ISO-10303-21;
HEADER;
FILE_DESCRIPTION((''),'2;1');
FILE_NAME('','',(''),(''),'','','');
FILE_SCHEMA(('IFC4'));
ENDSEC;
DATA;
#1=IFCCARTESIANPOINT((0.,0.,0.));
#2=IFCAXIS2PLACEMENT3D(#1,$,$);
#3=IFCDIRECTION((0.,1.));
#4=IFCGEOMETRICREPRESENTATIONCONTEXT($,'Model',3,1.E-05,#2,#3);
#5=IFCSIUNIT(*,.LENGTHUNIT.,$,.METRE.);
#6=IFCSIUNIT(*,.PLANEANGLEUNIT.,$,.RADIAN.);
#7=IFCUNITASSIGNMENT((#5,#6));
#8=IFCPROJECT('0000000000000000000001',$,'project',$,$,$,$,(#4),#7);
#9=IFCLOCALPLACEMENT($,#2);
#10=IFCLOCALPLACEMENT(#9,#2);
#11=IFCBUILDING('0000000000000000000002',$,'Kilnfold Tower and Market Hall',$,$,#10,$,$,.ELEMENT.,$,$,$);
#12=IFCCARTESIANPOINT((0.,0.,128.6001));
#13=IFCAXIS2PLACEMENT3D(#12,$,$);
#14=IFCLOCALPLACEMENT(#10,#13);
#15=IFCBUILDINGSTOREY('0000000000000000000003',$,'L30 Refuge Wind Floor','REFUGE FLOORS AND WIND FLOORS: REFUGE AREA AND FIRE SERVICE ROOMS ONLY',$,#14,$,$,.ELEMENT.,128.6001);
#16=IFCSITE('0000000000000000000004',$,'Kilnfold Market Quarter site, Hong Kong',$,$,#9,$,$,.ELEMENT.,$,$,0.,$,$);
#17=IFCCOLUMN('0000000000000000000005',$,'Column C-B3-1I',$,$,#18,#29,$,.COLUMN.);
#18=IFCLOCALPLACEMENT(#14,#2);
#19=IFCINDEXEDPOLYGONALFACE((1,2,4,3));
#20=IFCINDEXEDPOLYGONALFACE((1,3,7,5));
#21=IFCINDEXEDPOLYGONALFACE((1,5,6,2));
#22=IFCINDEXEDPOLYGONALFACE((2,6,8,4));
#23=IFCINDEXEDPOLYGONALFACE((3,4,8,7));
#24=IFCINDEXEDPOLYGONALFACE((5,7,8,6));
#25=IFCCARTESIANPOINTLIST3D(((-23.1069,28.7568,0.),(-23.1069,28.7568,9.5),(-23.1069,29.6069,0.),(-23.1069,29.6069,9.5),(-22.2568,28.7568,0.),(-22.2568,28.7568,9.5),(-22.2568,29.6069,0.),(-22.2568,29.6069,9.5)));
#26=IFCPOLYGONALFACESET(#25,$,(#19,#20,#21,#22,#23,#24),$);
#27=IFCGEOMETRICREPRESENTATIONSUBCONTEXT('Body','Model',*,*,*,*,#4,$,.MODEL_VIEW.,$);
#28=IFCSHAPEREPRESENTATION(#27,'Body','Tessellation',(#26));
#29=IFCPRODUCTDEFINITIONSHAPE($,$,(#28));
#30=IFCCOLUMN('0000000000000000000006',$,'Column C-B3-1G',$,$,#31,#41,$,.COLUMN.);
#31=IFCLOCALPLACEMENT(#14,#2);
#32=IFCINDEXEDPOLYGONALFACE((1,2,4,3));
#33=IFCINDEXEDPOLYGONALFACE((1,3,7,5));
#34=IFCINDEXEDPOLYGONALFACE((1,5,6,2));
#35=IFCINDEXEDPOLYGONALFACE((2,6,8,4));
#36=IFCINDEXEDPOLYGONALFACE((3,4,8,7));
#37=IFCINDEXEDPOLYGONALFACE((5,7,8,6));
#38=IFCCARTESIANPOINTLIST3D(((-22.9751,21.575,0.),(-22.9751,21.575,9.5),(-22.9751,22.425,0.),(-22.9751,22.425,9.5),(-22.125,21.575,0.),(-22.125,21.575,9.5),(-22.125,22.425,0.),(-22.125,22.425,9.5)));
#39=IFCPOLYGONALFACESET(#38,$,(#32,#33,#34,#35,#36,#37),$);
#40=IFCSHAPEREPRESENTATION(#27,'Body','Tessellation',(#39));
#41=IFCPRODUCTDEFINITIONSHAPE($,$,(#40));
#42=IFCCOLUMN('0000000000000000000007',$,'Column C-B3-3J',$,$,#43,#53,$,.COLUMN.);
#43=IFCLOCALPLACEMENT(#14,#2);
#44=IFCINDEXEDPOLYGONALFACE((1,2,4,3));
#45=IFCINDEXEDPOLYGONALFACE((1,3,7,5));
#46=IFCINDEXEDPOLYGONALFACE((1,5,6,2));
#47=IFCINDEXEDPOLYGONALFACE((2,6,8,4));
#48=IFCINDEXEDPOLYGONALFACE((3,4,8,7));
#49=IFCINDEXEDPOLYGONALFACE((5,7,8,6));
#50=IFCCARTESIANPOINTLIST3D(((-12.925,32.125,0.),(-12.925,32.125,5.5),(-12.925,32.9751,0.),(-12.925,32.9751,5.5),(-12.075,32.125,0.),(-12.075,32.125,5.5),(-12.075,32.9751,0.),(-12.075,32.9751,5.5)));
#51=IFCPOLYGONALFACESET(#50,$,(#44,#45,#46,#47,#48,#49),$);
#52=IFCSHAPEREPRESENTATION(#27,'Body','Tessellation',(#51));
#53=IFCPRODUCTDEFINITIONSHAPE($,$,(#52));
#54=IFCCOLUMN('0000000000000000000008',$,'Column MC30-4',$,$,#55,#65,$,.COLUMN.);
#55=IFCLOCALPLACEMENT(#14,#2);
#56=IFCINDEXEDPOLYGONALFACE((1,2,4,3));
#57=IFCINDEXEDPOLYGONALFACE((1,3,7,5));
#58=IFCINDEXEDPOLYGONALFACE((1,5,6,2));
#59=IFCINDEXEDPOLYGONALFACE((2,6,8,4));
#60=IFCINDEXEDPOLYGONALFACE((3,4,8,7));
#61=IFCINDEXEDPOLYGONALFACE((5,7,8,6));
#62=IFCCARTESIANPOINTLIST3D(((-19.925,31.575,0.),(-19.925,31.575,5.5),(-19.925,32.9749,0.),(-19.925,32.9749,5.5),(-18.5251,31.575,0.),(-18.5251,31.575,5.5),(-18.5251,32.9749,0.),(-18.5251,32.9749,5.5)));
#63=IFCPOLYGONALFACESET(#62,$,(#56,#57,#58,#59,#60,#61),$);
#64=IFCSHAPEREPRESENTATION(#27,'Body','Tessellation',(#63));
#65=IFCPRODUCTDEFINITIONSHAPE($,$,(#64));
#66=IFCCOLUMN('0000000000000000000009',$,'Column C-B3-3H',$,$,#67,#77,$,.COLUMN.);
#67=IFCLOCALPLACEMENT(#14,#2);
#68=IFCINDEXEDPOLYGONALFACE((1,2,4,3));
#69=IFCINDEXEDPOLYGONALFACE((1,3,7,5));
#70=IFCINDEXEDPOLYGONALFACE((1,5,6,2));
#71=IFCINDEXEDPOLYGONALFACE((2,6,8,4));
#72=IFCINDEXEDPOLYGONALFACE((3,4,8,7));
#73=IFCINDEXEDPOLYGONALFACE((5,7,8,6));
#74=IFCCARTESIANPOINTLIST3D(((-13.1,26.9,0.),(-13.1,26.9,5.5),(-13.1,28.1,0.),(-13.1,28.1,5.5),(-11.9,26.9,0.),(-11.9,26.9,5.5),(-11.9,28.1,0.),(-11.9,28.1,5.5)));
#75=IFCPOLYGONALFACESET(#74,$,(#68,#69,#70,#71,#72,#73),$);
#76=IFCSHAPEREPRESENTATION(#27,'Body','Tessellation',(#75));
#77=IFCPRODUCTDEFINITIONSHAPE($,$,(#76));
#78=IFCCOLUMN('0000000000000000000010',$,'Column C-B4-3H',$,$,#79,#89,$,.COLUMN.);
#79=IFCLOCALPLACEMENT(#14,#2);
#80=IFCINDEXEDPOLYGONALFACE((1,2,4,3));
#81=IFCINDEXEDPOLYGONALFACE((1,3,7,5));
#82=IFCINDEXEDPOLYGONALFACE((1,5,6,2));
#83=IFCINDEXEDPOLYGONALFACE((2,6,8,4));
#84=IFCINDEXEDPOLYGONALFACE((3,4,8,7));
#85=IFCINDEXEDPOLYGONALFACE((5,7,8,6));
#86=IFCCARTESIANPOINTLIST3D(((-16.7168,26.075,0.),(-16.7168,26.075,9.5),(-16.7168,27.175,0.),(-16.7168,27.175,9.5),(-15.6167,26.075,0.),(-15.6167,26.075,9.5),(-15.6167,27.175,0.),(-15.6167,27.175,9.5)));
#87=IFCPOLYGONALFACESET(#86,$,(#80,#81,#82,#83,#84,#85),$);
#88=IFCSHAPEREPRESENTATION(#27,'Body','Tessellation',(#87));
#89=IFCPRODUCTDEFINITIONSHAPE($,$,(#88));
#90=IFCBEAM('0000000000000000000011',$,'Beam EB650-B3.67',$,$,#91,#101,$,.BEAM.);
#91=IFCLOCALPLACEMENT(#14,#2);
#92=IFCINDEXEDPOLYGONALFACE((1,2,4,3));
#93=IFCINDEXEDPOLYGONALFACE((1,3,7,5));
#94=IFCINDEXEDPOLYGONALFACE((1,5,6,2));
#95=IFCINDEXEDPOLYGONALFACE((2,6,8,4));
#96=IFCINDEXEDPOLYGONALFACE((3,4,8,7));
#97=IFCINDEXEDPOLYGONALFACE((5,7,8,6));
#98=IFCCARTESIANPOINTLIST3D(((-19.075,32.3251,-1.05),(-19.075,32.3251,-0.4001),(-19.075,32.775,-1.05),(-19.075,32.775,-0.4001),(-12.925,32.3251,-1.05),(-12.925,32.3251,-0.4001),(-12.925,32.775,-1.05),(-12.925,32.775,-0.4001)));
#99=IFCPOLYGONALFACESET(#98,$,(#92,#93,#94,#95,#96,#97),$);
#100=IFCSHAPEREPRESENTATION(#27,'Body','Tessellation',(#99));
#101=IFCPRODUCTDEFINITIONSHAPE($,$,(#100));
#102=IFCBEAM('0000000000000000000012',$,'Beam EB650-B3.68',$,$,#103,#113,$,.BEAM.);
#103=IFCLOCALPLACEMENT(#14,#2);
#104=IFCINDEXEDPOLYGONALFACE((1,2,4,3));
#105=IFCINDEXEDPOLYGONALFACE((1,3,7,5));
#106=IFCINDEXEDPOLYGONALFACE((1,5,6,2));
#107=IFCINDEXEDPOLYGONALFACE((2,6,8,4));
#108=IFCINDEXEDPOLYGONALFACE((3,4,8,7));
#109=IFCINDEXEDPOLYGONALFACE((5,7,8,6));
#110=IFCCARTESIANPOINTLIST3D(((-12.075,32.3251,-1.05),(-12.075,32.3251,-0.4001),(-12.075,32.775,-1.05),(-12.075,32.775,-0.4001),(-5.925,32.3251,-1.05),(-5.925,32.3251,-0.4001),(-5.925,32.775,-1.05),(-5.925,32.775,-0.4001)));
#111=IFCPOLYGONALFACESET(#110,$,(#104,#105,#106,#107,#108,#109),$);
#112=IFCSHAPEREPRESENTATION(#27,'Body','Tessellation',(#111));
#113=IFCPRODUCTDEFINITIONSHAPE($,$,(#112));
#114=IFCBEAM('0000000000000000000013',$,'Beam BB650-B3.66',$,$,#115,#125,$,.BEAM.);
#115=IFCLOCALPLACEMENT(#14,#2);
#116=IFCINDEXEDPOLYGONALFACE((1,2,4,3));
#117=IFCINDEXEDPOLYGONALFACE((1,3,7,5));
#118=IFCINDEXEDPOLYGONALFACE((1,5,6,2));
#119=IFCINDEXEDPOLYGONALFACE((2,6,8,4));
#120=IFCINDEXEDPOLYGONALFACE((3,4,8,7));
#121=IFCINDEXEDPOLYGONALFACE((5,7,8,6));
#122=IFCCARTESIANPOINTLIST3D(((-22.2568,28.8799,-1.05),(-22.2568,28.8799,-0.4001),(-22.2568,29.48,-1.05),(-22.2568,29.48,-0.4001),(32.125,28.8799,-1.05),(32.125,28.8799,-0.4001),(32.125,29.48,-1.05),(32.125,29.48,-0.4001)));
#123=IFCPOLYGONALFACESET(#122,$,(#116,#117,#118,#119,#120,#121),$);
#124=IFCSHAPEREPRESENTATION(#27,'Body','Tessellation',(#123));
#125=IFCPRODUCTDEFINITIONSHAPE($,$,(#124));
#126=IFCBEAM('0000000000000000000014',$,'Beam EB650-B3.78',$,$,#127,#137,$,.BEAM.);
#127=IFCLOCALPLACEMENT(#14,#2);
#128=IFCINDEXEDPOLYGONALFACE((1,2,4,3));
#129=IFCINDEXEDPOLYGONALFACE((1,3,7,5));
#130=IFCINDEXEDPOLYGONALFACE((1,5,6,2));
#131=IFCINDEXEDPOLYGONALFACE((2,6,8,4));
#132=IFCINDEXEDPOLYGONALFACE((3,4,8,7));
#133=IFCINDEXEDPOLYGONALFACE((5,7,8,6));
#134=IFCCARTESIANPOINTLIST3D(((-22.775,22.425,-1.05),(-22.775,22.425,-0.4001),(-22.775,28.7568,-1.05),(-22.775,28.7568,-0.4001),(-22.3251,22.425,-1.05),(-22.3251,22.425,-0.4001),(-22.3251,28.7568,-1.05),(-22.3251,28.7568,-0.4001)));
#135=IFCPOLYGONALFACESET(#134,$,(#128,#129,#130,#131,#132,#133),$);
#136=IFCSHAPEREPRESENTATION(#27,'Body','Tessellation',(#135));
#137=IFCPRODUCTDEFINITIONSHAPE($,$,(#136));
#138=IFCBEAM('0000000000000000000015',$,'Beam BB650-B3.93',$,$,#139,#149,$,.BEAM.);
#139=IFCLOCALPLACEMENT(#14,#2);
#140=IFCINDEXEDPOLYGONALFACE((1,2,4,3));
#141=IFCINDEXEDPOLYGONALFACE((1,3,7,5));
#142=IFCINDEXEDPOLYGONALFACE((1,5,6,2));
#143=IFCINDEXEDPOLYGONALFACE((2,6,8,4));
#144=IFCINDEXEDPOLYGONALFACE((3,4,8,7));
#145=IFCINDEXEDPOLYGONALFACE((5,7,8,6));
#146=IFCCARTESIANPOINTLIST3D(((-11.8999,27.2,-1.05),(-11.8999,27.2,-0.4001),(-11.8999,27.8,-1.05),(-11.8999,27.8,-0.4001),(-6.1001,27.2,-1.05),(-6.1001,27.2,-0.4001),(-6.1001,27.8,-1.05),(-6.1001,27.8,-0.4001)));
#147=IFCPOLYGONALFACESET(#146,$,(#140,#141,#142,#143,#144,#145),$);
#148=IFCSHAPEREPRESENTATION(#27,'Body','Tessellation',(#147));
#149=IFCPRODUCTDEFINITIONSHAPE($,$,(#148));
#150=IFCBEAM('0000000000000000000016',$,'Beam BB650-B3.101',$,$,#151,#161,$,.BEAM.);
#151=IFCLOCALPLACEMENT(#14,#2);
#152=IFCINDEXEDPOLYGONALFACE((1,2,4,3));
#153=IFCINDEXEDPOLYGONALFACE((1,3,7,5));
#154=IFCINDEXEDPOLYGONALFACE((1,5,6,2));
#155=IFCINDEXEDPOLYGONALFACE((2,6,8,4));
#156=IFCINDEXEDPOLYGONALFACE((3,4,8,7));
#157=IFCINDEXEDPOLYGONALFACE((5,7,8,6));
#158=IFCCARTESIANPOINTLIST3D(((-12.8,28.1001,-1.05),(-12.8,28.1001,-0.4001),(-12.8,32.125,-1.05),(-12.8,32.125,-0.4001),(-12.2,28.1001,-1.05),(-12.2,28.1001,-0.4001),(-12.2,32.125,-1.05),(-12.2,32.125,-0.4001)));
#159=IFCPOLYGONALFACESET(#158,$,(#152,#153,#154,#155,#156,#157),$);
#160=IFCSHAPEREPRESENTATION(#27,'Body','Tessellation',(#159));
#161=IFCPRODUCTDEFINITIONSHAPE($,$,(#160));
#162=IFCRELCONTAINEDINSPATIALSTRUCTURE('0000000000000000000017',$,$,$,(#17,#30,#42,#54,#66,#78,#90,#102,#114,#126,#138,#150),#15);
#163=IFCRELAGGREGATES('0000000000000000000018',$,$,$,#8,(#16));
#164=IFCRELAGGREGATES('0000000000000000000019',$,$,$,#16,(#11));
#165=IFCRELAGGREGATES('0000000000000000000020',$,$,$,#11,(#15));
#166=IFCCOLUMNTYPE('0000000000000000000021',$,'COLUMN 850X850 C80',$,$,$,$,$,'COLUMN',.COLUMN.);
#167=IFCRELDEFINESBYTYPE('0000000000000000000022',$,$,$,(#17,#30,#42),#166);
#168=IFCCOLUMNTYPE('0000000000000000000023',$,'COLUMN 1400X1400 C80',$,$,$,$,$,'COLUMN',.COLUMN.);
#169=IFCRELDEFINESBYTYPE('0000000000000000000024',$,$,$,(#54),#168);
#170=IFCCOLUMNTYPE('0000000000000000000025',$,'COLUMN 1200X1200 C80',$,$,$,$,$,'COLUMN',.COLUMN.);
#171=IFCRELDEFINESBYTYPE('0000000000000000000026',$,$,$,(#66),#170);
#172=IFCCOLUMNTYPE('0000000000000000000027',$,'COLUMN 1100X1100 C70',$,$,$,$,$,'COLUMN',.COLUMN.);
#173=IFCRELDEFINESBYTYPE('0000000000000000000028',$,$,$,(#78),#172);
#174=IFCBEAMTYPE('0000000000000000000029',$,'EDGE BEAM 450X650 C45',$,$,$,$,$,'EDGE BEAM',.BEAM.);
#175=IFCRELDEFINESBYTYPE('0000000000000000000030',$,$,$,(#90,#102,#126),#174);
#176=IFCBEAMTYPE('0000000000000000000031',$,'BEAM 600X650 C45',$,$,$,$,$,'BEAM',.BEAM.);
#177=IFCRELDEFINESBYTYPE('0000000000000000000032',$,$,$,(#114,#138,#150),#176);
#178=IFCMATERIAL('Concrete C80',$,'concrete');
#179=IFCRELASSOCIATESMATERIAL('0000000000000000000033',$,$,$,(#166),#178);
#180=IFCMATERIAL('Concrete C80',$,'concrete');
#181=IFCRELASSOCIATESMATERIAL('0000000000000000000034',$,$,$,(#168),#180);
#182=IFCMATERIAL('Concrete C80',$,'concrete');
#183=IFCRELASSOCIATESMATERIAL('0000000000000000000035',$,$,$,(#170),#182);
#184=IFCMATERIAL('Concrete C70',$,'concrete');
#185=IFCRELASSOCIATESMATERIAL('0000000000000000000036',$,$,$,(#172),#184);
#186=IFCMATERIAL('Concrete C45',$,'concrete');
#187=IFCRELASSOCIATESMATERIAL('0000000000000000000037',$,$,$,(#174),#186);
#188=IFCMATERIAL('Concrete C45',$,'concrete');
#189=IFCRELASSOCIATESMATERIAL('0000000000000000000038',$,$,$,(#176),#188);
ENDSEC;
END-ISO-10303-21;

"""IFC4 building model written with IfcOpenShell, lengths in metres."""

from ifc_helpers import new_model, si_unit, direction, frame, origin, origin_2d, place, context, subcontext, project, spatial, rectangle, extrude, source, transform, mapped, material, material_profile, profile_set, type_object, element, save


model = new_model("IFC4")

# Units and contexts
model_context = context("Model", 3, precision=1e-05, world=origin(), true_north=direction((0.0, 1.0)))
body_context = subcontext(model_context, "Body", "Model", "MODEL_VIEW")
ifc_project = project(units=[si_unit("LENGTHUNIT", "METRE"), si_unit("PLANEANGLEUNIT", "RADIAN")], contexts=[model_context])

# Site, building, storey
site_placement = place(None, origin())
site = spatial("IfcSite", under=ifc_project, at=site_placement, Name="Kilnfold Market Quarter site, Hong Kong", CompositionType="ELEMENT", RefElevation=0.0)
building_placement = place(site_placement, origin())
building = spatial("IfcBuilding", under=site, at=building_placement, Name="Kilnfold Tower and Market Hall", CompositionType="ELEMENT")
storey_placement = place(building_placement, frame((0.0, 0.0, 128.6001)))
storey = spatial("IfcBuildingStorey", under=building, at=storey_placement, Name="L30 Refuge Wind Floor", Description="REFUGE FLOORS AND WIND FLOORS: REFUGE AREA AND FIRE SERVICE ROOMS ONLY", CompositionType="ELEMENT", Elevation=128.6001)

# Columns
ifc_material_1 = material(Name="Concrete C80", Category="concrete")
ifc_material_profile_1 = material_profile(ifc_material_1, rectangle(XDim=0.8501, YDim=0.8501, at=origin_2d()), Name="RC 850x850")
ifc_profile_set_1 = profile_set([ifc_material_profile_1], Name="Concrete C80")
column_type_1 = type_object("IfcColumnType", Name="COLUMN 850X850 C80", ElementType="COLUMN", PredefinedType="COLUMN", material=ifc_profile_set_1)
shared_shape_1 = source(origin(), body_context, "Body", "SweptSolid", [
    extrude(rectangle(XDim=0.8501, YDim=0.8501, at=origin_2d()), origin(), (0.0, 0.0, 1.0), 9.5),
])
for number, where, z_axis, x_axis, name in (
    (1, (-22.6819, 29.1819, 0.0), (0.0, 0.0, 1.0), (1.0, 0.0, 0.0), "Column C-B3-1I"),
    (2, (-22.55, 22.0, 0.0), (0.0, 0.0, 1.0), (1.0, 0.0, 0.0), "Column C-B3-1G"),
):
    element("IfcColumn", number, at=place(storey_placement, frame(where, z_axis=z_axis, x_axis=x_axis)), inside=storey, type_object=column_type_1, Name=name, PredefinedType="COLUMN", context=body_context, shape_type="MappedRepresentation", body=[
        mapped(shared_shape_1, transform((0.0, 0.0, 0.0))),
    ])
shared_shape_2 = source(origin(), body_context, "Body", "SweptSolid", [
    extrude(rectangle(XDim=0.8501, YDim=0.8501, at=origin_2d()), origin(), (0.0, 0.0, 1.0), 5.5),
])
column_1_placement = place(storey_placement, frame((-12.5, 32.55, 0.0), z_axis=(0.0, 0.0, 1.0), x_axis=(1.0, 0.0, 0.0)))
element("IfcColumn", 3, at=column_1_placement, inside=storey, type_object=column_type_1, Name="Column C-B3-3J", PredefinedType="COLUMN", context=body_context, shape_type="MappedRepresentation", body=[
    mapped(shared_shape_2, transform((0.0, 0.0, 0.0))),
])
ifc_material_2 = material(Name="Concrete C80", Category="concrete")
ifc_material_profile_2 = material_profile(ifc_material_2, rectangle(XDim=1.3999, YDim=1.3999, at=origin_2d()), Name="RC 1400x1400")
ifc_profile_set_2 = profile_set([ifc_material_profile_2], Name="Concrete C80")
column_type_2 = type_object("IfcColumnType", Name="COLUMN 1400X1400 C80", ElementType="COLUMN", PredefinedType="COLUMN", material=ifc_profile_set_2)
shared_shape_3 = source(origin(), body_context, "Body", "SweptSolid", [
    extrude(rectangle(XDim=1.3999, YDim=1.3999, at=origin_2d()), origin(), (0.0, 0.0, 1.0), 5.5),
])
column_2_placement = place(storey_placement, frame((-19.2251, 32.2749, 0.0), z_axis=(0.0, 0.0, 1.0), x_axis=(1.0, 0.0, 0.0)))
element("IfcColumn", 4, at=column_2_placement, inside=storey, type_object=column_type_2, Name="Column MC30-4", PredefinedType="COLUMN", context=body_context, shape_type="MappedRepresentation", body=[
    mapped(shared_shape_3, transform((0.0, 0.0, 0.0))),
])
ifc_material_3 = material(Name="Concrete C80", Category="concrete")
ifc_material_profile_3 = material_profile(ifc_material_3, rectangle(XDim=1.2, YDim=1.2, at=origin_2d()), Name="RC 1200x1200")
ifc_profile_set_3 = profile_set([ifc_material_profile_3], Name="Concrete C80")
column_type_3 = type_object("IfcColumnType", Name="COLUMN 1200X1200 C80", ElementType="COLUMN", PredefinedType="COLUMN", material=ifc_profile_set_3)
shared_shape_4 = source(origin(), body_context, "Body", "SweptSolid", [
    extrude(rectangle(XDim=1.2, YDim=1.2, at=origin_2d()), origin(), (0.0, 0.0, 1.0), 5.5),
])
column_3_placement = place(storey_placement, frame((-12.5, 27.5, 0.0), z_axis=(0.0, 0.0, 1.0), x_axis=(1.0, 0.0, 0.0)))
element("IfcColumn", 5, at=column_3_placement, inside=storey, type_object=column_type_3, Name="Column C-B3-3H", PredefinedType="COLUMN", context=body_context, shape_type="MappedRepresentation", body=[
    mapped(shared_shape_4, transform((0.0, 0.0, 0.0))),
])
ifc_material_4 = material(Name="Concrete C70", Category="concrete")
ifc_material_profile_4 = material_profile(ifc_material_4, rectangle(XDim=1.1001, YDim=1.1001, at=origin_2d()), Name="RC 1100x1100")
ifc_profile_set_4 = profile_set([ifc_material_profile_4], Name="Concrete C70")
column_type_4 = type_object("IfcColumnType", Name="COLUMN 1100X1100 C70", ElementType="COLUMN", PredefinedType="COLUMN", material=ifc_profile_set_4)
shared_shape_5 = source(origin(), body_context, "Body", "SweptSolid", [
    extrude(rectangle(XDim=1.1001, YDim=1.1001, at=origin_2d()), origin(), (0.0, 0.0, 1.0), 9.5),
])
column_4_placement = place(storey_placement, frame((-16.1667, 26.625, 0.0), z_axis=(0.0, 0.0, 1.0), x_axis=(1.0, 0.0, 0.0)))
element("IfcColumn", 6, at=column_4_placement, inside=storey, type_object=column_type_4, Name="Column C-B4-3H", PredefinedType="COLUMN", context=body_context, shape_type="MappedRepresentation", body=[
    mapped(shared_shape_5, transform((0.0, 0.0, 0.0))),
])

# Beams
ifc_material_5 = material(Name="Concrete C45", Category="concrete")
ifc_material_profile_5 = material_profile(ifc_material_5, rectangle(XDim=0.45, YDim=0.6499, at=origin_2d()), Name="RC 450x650")
ifc_profile_set_5 = profile_set([ifc_material_profile_5], Name="Concrete C45")
beam_type_1 = type_object("IfcBeamType", Name="EDGE BEAM 450X650 C45", ElementType="EDGE BEAM", PredefinedType="BEAM", material=ifc_profile_set_5)
shared_shape_6 = source(origin(), body_context, "Body", "SweptSolid", [
    extrude(rectangle(XDim=0.45, YDim=0.6499, at=origin_2d()), origin(), (0.0, 0.0, 1.0), 6.1499),
])
for number, where, z_axis, x_axis, name in (
    (7, (-19.075, 32.55, -0.7251), (1.0, 0.0, 0.0), (0.0, 1.0, 0.0), "Beam EB650-B3.67"),
    (8, (-12.075, 32.55, -0.7251), (1.0, 0.0, 0.0), (0.0, 1.0, 0.0), "Beam EB650-B3.68"),
):
    element("IfcBeam", number, at=place(storey_placement, frame(where, z_axis=z_axis, x_axis=x_axis)), inside=storey, type_object=beam_type_1, Name=name, PredefinedType="BEAM", context=body_context, shape_type="MappedRepresentation", body=[
        mapped(shared_shape_6, transform((0.0, 0.0, 0.0))),
    ])
ifc_material_6 = material(Name="Concrete C45", Category="concrete")
ifc_material_profile_6 = material_profile(ifc_material_6, rectangle(XDim=0.6001, YDim=0.6499, at=origin_2d()), Name="RC 600x650")
ifc_profile_set_6 = profile_set([ifc_material_profile_6], Name="Concrete C45")
beam_type_2 = type_object("IfcBeamType", Name="BEAM 600X650 C45", ElementType="BEAM", PredefinedType="BEAM", material=ifc_profile_set_6)
shared_shape_7 = source(origin(), body_context, "Body", "SweptSolid", [
    extrude(rectangle(XDim=0.6001, YDim=0.6499, at=origin_2d()), origin(), (0.0, 0.0, 1.0), 54.3818),
])
beam_1_placement = place(storey_placement, frame((-22.2568, 29.1799, -0.7251), z_axis=(1.0, 0.0, 0.0), x_axis=(0.0, 1.0, 0.0)))
element("IfcBeam", 9, at=beam_1_placement, inside=storey, type_object=beam_type_2, Name="Beam BB650-B3.66", PredefinedType="BEAM", context=body_context, shape_type="MappedRepresentation", body=[
    mapped(shared_shape_7, transform((0.0, 0.0, 0.0))),
])
shared_shape_8 = source(origin(), body_context, "Body", "SweptSolid", [
    extrude(rectangle(XDim=0.45, YDim=0.6499, at=origin_2d()), origin(), (0.0, 0.0, 1.0), 6.3318),
])
beam_2_placement = place(storey_placement, frame((-22.55, 22.425, -0.7251), z_axis=(0.0, 1.0, 0.0), x_axis=(-1.0, 0.0, 0.0)))
element("IfcBeam", 10, at=beam_2_placement, inside=storey, type_object=beam_type_1, Name="Beam EB650-B3.78", PredefinedType="BEAM", context=body_context, shape_type="MappedRepresentation", body=[
    mapped(shared_shape_8, transform((0.0, 0.0, 0.0))),
])
shared_shape_9 = source(origin(), body_context, "Body", "SweptSolid", [
    extrude(rectangle(XDim=0.6001, YDim=0.6499, at=origin_2d()), origin(), (0.0, 0.0, 1.0), 5.7998),
])
beam_3_placement = place(storey_placement, frame((-11.8999, 27.5, -0.7251), z_axis=(1.0, 0.0, 0.0), x_axis=(0.0, 1.0, 0.0)))
element("IfcBeam", 11, at=beam_3_placement, inside=storey, type_object=beam_type_2, Name="Beam BB650-B3.93", PredefinedType="BEAM", context=body_context, shape_type="MappedRepresentation", body=[
    mapped(shared_shape_9, transform((0.0, 0.0, 0.0))),
])
shared_shape_10 = source(origin(), body_context, "Body", "SweptSolid", [
    extrude(rectangle(XDim=0.6001, YDim=0.6499, at=origin_2d()), origin(), (0.0, 0.0, 1.0), 4.0249),
])
beam_4_placement = place(storey_placement, frame((-12.5, 28.1001, -0.7251), z_axis=(0.0, 1.0, 0.0), x_axis=(-1.0, 0.0, 0.0)))
element("IfcBeam", 12, at=beam_4_placement, inside=storey, type_object=beam_type_2, Name="Beam BB650-B3.101", PredefinedType="BEAM", context=body_context, shape_type="MappedRepresentation", body=[
    mapped(shared_shape_10, transform((0.0, 0.0, 0.0))),
])

save(model, "model.ifc")
